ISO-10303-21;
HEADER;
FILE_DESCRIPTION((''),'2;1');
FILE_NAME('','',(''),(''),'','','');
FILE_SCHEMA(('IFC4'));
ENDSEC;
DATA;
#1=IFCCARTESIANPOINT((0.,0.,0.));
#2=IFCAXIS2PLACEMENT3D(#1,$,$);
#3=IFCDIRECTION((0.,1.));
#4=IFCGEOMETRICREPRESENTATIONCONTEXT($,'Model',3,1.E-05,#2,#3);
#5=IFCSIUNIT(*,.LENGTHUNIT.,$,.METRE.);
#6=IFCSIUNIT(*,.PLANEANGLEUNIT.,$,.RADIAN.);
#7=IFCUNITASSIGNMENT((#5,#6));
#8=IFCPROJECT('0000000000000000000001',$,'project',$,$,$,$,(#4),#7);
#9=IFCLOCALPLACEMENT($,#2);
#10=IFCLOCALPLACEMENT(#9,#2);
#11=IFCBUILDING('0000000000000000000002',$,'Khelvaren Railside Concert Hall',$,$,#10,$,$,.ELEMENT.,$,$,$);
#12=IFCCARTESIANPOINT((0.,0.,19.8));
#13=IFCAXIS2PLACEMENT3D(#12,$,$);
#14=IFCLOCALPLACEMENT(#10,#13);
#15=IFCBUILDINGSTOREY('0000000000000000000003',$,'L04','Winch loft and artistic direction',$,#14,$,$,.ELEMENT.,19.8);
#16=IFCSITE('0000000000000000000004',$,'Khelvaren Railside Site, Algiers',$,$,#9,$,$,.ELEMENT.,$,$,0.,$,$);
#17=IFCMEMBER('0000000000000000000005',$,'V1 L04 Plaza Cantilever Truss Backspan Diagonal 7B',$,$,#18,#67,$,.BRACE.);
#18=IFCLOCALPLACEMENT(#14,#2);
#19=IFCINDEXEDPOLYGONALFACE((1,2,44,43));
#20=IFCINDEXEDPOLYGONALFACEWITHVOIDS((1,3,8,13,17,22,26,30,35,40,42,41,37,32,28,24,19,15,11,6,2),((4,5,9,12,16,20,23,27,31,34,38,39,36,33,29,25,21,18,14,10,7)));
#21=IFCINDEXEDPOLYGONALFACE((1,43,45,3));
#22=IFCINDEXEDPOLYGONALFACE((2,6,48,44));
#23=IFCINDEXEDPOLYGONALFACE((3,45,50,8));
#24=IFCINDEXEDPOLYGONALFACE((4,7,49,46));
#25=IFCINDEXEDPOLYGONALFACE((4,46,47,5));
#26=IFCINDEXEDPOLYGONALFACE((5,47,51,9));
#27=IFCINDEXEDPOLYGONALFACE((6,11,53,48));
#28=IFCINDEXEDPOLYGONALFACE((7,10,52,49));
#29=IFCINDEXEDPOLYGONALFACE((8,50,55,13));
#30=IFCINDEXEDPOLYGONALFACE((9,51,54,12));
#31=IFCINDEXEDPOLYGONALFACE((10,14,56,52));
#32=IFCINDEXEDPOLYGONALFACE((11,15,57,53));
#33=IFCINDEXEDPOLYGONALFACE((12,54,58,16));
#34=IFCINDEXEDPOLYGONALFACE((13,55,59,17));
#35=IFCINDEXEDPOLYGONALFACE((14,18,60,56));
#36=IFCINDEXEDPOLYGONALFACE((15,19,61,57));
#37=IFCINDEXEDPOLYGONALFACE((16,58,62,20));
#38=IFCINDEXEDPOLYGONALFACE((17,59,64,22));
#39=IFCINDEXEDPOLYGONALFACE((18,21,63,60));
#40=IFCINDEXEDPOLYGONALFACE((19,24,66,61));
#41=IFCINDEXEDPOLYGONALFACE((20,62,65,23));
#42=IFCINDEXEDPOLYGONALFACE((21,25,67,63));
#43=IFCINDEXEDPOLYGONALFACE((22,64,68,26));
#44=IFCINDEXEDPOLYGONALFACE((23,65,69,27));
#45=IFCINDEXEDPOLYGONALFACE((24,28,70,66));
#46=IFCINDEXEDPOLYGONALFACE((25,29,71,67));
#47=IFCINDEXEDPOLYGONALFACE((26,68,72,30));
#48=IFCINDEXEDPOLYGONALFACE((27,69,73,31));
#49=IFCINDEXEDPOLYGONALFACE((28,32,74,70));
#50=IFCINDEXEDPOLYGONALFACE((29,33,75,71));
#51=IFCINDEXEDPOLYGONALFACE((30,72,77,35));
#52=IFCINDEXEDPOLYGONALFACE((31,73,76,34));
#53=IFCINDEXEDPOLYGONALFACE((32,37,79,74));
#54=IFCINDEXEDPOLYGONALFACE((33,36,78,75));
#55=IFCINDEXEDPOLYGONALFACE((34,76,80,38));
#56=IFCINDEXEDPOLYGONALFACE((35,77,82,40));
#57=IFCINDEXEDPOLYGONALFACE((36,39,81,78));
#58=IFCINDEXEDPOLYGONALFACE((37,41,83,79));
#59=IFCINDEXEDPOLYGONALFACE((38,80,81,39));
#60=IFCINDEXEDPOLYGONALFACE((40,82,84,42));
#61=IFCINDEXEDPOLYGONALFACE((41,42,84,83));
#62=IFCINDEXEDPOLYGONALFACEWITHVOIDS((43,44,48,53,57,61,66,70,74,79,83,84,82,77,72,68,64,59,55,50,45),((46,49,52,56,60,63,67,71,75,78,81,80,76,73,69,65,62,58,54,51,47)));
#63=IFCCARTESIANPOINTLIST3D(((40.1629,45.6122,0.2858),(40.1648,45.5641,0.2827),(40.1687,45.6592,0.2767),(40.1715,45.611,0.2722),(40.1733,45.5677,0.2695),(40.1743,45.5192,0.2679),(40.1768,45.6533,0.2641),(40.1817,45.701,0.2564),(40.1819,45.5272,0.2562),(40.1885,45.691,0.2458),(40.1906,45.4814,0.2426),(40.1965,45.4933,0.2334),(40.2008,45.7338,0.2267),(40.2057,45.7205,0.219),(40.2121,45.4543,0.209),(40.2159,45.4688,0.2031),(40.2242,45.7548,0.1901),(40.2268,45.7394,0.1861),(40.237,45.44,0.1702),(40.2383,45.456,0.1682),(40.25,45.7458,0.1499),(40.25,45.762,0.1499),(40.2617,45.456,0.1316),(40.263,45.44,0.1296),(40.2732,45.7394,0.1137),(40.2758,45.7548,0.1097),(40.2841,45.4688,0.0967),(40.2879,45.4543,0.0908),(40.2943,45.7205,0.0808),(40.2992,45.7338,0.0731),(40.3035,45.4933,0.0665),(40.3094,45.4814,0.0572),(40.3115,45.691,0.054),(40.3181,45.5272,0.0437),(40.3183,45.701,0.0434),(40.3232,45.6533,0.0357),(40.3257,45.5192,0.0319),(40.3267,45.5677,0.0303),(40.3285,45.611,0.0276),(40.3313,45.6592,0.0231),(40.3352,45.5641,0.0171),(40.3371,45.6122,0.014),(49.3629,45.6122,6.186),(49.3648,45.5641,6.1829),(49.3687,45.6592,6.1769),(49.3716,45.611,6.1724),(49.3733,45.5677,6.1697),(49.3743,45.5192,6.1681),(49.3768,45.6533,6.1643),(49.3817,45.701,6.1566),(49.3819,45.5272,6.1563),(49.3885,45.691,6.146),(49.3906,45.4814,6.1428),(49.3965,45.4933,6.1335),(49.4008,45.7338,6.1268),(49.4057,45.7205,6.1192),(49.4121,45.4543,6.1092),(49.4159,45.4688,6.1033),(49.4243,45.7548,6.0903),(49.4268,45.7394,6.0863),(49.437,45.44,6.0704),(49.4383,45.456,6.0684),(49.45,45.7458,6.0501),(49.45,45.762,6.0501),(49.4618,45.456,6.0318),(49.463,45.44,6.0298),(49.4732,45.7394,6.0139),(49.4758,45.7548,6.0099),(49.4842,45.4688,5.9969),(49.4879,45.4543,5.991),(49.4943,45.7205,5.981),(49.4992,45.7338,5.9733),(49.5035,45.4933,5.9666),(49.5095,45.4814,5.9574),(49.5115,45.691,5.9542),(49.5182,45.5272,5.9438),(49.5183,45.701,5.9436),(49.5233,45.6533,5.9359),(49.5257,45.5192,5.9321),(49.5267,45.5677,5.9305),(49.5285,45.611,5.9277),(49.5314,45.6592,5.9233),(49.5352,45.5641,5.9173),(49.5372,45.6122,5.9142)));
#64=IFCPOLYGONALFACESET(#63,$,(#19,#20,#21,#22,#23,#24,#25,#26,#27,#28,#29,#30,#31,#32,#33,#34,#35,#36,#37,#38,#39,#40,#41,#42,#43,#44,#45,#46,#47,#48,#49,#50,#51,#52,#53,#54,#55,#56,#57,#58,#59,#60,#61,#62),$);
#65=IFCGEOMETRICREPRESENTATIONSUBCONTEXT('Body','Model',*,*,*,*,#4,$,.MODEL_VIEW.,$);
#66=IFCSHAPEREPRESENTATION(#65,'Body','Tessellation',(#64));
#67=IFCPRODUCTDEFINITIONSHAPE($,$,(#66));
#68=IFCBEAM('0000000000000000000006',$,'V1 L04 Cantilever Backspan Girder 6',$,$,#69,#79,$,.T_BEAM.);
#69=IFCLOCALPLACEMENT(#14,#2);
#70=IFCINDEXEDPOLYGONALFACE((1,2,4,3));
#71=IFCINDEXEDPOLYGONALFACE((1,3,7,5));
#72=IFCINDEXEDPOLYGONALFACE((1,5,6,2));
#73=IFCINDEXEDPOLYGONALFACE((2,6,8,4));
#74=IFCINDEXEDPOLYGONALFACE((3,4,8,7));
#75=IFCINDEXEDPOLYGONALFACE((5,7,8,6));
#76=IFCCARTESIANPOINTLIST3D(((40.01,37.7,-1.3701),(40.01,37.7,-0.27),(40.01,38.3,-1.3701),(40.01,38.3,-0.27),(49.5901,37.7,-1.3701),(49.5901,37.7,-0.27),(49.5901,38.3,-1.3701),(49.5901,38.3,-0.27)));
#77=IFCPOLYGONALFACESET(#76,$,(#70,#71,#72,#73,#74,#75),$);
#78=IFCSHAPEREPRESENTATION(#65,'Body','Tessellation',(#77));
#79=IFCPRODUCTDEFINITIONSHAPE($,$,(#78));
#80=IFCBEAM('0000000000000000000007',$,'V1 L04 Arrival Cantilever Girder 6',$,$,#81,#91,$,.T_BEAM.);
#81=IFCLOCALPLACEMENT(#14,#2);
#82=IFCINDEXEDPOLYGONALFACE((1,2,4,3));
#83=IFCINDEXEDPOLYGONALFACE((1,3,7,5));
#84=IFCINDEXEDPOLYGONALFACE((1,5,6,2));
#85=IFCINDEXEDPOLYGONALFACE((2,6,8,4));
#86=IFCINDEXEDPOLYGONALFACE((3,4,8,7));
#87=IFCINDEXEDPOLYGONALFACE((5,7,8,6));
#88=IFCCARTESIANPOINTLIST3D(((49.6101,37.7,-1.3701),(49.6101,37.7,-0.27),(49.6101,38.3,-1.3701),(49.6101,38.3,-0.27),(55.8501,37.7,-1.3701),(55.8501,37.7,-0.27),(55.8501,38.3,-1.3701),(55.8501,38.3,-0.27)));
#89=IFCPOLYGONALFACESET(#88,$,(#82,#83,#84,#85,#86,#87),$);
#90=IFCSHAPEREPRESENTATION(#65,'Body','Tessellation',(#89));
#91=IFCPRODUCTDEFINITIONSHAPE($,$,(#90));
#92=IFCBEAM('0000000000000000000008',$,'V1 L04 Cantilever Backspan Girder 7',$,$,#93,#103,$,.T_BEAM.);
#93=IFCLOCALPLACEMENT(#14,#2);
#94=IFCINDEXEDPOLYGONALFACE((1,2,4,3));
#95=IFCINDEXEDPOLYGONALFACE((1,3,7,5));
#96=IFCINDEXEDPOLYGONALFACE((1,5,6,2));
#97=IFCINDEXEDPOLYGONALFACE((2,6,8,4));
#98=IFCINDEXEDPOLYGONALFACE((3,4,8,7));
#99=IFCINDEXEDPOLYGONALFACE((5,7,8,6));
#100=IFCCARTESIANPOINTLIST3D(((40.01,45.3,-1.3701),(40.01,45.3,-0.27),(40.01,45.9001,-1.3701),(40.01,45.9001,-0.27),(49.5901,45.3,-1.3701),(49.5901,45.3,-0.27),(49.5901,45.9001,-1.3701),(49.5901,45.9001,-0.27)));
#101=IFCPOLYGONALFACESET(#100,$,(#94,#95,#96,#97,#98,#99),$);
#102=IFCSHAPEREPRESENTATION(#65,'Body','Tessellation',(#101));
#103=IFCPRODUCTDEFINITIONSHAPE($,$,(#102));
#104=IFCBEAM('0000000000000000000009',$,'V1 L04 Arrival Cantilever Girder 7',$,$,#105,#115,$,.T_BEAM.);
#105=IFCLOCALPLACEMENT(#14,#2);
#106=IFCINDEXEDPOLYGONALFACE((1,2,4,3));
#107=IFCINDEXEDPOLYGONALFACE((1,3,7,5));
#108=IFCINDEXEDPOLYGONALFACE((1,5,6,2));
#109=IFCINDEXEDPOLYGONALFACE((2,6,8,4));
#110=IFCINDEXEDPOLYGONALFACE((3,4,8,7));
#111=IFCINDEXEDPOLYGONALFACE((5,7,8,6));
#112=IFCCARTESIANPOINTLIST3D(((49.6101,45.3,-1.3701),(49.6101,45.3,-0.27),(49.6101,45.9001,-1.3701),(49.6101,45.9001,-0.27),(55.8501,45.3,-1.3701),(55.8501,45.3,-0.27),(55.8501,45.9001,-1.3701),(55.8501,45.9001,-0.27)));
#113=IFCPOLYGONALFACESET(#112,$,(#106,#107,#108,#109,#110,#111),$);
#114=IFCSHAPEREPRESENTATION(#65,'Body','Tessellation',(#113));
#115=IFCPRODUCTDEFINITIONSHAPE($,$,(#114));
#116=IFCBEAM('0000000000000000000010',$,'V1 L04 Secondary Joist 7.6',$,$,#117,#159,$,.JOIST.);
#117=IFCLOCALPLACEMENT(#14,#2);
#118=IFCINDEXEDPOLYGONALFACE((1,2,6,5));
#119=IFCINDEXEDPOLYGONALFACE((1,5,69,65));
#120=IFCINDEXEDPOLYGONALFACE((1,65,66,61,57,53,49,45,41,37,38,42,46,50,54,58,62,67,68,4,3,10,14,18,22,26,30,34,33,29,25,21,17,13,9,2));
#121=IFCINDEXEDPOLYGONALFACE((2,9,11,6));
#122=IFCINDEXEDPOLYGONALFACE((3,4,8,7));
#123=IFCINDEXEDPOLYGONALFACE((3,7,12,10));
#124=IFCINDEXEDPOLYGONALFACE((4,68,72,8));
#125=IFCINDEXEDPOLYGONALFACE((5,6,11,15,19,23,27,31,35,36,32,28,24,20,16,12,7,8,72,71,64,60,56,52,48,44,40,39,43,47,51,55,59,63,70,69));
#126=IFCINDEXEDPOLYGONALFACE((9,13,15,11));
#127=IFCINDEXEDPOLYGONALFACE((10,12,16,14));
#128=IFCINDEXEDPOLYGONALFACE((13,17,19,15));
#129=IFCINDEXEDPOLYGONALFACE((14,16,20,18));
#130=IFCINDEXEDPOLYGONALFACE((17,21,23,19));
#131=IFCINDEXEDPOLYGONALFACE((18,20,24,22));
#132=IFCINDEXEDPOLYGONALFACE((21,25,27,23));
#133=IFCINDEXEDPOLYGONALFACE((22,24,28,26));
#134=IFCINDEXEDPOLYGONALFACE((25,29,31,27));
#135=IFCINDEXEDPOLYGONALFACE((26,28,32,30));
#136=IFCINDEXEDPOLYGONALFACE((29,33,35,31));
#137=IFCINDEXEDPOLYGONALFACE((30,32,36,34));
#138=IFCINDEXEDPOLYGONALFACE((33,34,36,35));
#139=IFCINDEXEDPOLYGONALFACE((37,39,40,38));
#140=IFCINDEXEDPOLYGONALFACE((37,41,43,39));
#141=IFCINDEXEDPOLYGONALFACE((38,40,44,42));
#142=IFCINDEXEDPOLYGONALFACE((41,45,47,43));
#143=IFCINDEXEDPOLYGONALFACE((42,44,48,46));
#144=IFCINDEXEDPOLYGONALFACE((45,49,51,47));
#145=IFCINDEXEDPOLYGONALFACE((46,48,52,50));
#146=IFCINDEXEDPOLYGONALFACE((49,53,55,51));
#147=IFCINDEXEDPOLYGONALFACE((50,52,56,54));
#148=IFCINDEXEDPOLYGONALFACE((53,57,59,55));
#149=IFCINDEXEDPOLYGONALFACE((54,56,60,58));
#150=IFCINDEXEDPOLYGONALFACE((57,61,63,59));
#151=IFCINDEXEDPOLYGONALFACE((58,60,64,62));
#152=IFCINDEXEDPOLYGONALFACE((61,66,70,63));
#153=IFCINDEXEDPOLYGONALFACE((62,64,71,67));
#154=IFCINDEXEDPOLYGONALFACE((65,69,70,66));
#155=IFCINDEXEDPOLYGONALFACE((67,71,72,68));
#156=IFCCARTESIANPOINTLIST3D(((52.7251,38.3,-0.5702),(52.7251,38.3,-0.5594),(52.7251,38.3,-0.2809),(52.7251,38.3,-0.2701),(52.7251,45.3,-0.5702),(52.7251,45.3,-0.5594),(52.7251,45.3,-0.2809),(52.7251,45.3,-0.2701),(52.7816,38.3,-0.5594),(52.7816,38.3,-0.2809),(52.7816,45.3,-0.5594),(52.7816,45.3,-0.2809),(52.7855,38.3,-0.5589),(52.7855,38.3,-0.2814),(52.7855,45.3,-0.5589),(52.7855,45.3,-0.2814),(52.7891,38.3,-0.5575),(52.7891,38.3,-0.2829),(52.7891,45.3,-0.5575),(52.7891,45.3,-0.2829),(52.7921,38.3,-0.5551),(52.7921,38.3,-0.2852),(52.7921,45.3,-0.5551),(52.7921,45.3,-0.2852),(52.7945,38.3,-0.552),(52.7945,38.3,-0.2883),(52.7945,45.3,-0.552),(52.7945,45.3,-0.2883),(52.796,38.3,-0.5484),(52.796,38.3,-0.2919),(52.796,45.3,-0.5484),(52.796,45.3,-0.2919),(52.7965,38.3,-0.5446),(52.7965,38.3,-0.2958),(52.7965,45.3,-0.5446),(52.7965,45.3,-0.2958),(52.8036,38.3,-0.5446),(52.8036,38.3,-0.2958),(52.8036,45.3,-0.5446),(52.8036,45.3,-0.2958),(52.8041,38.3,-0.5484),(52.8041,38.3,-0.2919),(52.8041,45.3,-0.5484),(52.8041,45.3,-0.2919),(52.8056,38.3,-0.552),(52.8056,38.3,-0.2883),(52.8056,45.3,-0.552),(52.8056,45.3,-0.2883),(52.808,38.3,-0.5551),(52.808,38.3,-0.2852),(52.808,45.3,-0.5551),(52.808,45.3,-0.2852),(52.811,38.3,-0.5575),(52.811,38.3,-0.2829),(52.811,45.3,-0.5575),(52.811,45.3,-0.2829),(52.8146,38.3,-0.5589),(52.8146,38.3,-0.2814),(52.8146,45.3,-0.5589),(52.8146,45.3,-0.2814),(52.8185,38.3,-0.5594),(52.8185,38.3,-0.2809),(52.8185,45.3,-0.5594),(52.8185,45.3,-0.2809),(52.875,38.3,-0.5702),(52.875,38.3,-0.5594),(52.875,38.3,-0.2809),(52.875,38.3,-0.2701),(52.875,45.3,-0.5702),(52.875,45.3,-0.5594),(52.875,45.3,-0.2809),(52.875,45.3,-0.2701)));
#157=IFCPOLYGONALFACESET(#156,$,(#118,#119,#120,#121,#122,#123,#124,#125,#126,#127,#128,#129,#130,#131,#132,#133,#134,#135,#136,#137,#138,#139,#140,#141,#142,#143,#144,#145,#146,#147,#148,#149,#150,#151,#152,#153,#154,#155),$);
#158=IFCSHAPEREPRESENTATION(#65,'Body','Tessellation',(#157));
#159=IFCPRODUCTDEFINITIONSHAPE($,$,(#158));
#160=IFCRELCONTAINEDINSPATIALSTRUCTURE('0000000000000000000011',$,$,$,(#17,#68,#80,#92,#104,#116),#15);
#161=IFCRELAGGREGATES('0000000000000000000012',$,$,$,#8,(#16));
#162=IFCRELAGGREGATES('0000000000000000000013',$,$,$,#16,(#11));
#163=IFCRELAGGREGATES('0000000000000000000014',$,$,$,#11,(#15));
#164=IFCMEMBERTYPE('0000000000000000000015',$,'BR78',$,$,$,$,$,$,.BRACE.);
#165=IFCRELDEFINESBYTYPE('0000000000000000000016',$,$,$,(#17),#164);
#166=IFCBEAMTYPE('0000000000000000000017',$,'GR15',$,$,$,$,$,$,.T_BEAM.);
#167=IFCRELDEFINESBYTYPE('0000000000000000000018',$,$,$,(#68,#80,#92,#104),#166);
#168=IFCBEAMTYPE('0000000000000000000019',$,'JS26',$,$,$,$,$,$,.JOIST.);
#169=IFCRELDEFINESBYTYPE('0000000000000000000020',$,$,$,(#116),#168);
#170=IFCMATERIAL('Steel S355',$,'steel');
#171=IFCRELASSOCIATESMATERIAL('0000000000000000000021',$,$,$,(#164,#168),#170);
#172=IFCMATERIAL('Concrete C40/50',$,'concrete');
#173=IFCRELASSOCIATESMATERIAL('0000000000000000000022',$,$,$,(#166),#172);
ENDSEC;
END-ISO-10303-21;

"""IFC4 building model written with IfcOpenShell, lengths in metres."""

from ifc_helpers import new_model, si_unit, direction, frame, origin, origin_2d, place, context, subcontext, project, spatial, rectangle, hollow_circle, i_section, extrude, material, material_profile, profile_set, type_object, element, save


model = new_model("IFC4")

# Units and contexts
model_context = context("Model", 3, precision=1e-05, world=origin(), true_north=direction((0.0, 1.0)))
body_context = subcontext(model_context, "Body", "Model", "MODEL_VIEW")
ifc_project = project(units=[si_unit("LENGTHUNIT", "METRE"), si_unit("PLANEANGLEUNIT", "RADIAN")], contexts=[model_context])

# Site, building, storey
site_placement = place(None, origin())
site = spatial("IfcSite", under=ifc_project, at=site_placement, Name="Khelvaren Railside Site, Algiers", CompositionType="ELEMENT", RefElevation=0.0)
building_placement = place(site_placement, origin())
building = spatial("IfcBuilding", under=site, at=building_placement, Name="Khelvaren Railside Concert Hall", CompositionType="ELEMENT")
storey_placement = place(building_placement, frame((0.0, 0.0, 19.8)))
storey = spatial("IfcBuildingStorey", under=building, at=storey_placement, Name="L04", Description="Winch loft and artistic direction", CompositionType="ELEMENT", Elevation=19.8)

# Shared definitions
ifc_material_1 = material(Name="Steel S355", Category="steel")

# Member
ifc_material_profile_1 = material_profile(ifc_material_1, hollow_circle(Radius=0.1619, WallThickness=0.0161, at=origin_2d()), Name="CHS 323.9x16")
ifc_profile_set_1 = profile_set([ifc_material_profile_1], Name="Steel S355")
member_type_1 = type_object("IfcMemberType", Name="BR78", PredefinedType="BRACE", material=ifc_profile_set_1)
member_1_placement = place(storey_placement, frame((40.25, 45.6001, 0.1499), z_axis=(0.841765, 0.0, 0.539844), x_axis=(0.0, 1.0, 0.0)))
element("IfcMember", 1, at=member_1_placement, inside=storey, type_object=member_type_1, Name="V1 L04 Plaza Cantilever Truss Backspan Diagonal 7B", PredefinedType="BRACE", context=body_context, shape_type="SweptSolid", body=[
    extrude(hollow_circle(Radius=0.1619, WallThickness=0.0161, at=origin_2d()), origin(), (0.0, 0.0, 1.0), 10.9294),
])

# Beams
ifc_material_2 = material(Name="Concrete C40/50", Category="concrete")
ifc_material_profile_2 = material_profile(ifc_material_2, rectangle(XDim=0.6001, YDim=1.1001, at=origin_2d()), Name="RCB 600x1100")
ifc_profile_set_2 = profile_set([ifc_material_profile_2], Name="Concrete C40/50")
beam_type_1 = type_object("IfcBeamType", Name="GR15", PredefinedType="T_BEAM", material=ifc_profile_set_2)
beam_1_placement = place(storey_placement, frame((40.01, 38.0, -0.8201), z_axis=(1.0, 0.0, 0.0), x_axis=(0.0, 1.0, 0.0)))
element("IfcBeam", 2, at=beam_1_placement, inside=storey, type_object=beam_type_1, Name="V1 L04 Cantilever Backspan Girder 6", PredefinedType="T_BEAM", context=body_context, shape_type="SweptSolid", body=[
    extrude(rectangle(XDim=0.6001, YDim=1.1001, at=origin_2d()), origin(), (0.0, 0.0, 1.0), 9.5801),
])
beam_2_placement = place(storey_placement, frame((49.6101, 38.0, -0.8201), z_axis=(1.0, 0.0, 0.0), x_axis=(0.0, 1.0, 0.0)))
element("IfcBeam", 3, at=beam_2_placement, inside=storey, type_object=beam_type_1, Name="V1 L04 Arrival Cantilever Girder 6", PredefinedType="T_BEAM", context=body_context, shape_type="SweptSolid", body=[
    extrude(rectangle(XDim=0.6001, YDim=1.1001, at=origin_2d()), origin(), (0.0, 0.0, 1.0), 6.24),
])
beam_3_placement = place(storey_placement, frame((40.01, 45.6001, -0.8201), z_axis=(1.0, 0.0, 0.0), x_axis=(0.0, 1.0, 0.0)))
element("IfcBeam", 4, at=beam_3_placement, inside=storey, type_object=beam_type_1, Name="V1 L04 Cantilever Backspan Girder 7", PredefinedType="T_BEAM", context=body_context, shape_type="SweptSolid", body=[
    extrude(rectangle(XDim=0.6001, YDim=1.1001, at=origin_2d()), origin(), (0.0, 0.0, 1.0), 9.5801),
])
beam_4_placement = place(storey_placement, frame((49.6101, 45.6001, -0.8201), z_axis=(1.0, 0.0, 0.0), x_axis=(0.0, 1.0, 0.0)))
element("IfcBeam", 5, at=beam_4_placement, inside=storey, type_object=beam_type_1, Name="V1 L04 Arrival Cantilever Girder 7", PredefinedType="T_BEAM", context=body_context, shape_type="SweptSolid", body=[
    extrude(rectangle(XDim=0.6001, YDim=1.1001, at=origin_2d()), origin(), (0.0, 0.0, 1.0), 6.24),
])
ifc_material_profile_3 = material_profile(ifc_material_1, i_section(OverallWidth=0.1499, OverallDepth=0.3, WebThickness=0.0071, FlangeThickness=0.0107, FilletRadius=0.0149, at=origin_2d()), Name="IPE 300")
ifc_profile_set_3 = profile_set([ifc_material_profile_3], Name="Steel S355")
beam_type_2 = type_object("IfcBeamType", Name="JS26", PredefinedType="JOIST", material=ifc_profile_set_3)
beam_5_placement = place(storey_placement, frame((52.8, 38.3, -0.4202), z_axis=(0.0, 1.0, 0.0), x_axis=(-1.0, 0.0, 0.0)))
element("IfcBeam", 6, at=beam_5_placement, inside=storey, type_object=beam_type_2, Name="V1 L04 Secondary Joist 7.6", PredefinedType="JOIST", context=body_context, shape_type="SweptSolid", body=[
    extrude(i_section(OverallWidth=0.1499, OverallDepth=0.3, WebThickness=0.0071, FlangeThickness=0.0107, FilletRadius=0.0149, at=origin_2d()), origin(), (0.0, 0.0, 1.0), 7.0),
])

save(model, "model.ifc")
